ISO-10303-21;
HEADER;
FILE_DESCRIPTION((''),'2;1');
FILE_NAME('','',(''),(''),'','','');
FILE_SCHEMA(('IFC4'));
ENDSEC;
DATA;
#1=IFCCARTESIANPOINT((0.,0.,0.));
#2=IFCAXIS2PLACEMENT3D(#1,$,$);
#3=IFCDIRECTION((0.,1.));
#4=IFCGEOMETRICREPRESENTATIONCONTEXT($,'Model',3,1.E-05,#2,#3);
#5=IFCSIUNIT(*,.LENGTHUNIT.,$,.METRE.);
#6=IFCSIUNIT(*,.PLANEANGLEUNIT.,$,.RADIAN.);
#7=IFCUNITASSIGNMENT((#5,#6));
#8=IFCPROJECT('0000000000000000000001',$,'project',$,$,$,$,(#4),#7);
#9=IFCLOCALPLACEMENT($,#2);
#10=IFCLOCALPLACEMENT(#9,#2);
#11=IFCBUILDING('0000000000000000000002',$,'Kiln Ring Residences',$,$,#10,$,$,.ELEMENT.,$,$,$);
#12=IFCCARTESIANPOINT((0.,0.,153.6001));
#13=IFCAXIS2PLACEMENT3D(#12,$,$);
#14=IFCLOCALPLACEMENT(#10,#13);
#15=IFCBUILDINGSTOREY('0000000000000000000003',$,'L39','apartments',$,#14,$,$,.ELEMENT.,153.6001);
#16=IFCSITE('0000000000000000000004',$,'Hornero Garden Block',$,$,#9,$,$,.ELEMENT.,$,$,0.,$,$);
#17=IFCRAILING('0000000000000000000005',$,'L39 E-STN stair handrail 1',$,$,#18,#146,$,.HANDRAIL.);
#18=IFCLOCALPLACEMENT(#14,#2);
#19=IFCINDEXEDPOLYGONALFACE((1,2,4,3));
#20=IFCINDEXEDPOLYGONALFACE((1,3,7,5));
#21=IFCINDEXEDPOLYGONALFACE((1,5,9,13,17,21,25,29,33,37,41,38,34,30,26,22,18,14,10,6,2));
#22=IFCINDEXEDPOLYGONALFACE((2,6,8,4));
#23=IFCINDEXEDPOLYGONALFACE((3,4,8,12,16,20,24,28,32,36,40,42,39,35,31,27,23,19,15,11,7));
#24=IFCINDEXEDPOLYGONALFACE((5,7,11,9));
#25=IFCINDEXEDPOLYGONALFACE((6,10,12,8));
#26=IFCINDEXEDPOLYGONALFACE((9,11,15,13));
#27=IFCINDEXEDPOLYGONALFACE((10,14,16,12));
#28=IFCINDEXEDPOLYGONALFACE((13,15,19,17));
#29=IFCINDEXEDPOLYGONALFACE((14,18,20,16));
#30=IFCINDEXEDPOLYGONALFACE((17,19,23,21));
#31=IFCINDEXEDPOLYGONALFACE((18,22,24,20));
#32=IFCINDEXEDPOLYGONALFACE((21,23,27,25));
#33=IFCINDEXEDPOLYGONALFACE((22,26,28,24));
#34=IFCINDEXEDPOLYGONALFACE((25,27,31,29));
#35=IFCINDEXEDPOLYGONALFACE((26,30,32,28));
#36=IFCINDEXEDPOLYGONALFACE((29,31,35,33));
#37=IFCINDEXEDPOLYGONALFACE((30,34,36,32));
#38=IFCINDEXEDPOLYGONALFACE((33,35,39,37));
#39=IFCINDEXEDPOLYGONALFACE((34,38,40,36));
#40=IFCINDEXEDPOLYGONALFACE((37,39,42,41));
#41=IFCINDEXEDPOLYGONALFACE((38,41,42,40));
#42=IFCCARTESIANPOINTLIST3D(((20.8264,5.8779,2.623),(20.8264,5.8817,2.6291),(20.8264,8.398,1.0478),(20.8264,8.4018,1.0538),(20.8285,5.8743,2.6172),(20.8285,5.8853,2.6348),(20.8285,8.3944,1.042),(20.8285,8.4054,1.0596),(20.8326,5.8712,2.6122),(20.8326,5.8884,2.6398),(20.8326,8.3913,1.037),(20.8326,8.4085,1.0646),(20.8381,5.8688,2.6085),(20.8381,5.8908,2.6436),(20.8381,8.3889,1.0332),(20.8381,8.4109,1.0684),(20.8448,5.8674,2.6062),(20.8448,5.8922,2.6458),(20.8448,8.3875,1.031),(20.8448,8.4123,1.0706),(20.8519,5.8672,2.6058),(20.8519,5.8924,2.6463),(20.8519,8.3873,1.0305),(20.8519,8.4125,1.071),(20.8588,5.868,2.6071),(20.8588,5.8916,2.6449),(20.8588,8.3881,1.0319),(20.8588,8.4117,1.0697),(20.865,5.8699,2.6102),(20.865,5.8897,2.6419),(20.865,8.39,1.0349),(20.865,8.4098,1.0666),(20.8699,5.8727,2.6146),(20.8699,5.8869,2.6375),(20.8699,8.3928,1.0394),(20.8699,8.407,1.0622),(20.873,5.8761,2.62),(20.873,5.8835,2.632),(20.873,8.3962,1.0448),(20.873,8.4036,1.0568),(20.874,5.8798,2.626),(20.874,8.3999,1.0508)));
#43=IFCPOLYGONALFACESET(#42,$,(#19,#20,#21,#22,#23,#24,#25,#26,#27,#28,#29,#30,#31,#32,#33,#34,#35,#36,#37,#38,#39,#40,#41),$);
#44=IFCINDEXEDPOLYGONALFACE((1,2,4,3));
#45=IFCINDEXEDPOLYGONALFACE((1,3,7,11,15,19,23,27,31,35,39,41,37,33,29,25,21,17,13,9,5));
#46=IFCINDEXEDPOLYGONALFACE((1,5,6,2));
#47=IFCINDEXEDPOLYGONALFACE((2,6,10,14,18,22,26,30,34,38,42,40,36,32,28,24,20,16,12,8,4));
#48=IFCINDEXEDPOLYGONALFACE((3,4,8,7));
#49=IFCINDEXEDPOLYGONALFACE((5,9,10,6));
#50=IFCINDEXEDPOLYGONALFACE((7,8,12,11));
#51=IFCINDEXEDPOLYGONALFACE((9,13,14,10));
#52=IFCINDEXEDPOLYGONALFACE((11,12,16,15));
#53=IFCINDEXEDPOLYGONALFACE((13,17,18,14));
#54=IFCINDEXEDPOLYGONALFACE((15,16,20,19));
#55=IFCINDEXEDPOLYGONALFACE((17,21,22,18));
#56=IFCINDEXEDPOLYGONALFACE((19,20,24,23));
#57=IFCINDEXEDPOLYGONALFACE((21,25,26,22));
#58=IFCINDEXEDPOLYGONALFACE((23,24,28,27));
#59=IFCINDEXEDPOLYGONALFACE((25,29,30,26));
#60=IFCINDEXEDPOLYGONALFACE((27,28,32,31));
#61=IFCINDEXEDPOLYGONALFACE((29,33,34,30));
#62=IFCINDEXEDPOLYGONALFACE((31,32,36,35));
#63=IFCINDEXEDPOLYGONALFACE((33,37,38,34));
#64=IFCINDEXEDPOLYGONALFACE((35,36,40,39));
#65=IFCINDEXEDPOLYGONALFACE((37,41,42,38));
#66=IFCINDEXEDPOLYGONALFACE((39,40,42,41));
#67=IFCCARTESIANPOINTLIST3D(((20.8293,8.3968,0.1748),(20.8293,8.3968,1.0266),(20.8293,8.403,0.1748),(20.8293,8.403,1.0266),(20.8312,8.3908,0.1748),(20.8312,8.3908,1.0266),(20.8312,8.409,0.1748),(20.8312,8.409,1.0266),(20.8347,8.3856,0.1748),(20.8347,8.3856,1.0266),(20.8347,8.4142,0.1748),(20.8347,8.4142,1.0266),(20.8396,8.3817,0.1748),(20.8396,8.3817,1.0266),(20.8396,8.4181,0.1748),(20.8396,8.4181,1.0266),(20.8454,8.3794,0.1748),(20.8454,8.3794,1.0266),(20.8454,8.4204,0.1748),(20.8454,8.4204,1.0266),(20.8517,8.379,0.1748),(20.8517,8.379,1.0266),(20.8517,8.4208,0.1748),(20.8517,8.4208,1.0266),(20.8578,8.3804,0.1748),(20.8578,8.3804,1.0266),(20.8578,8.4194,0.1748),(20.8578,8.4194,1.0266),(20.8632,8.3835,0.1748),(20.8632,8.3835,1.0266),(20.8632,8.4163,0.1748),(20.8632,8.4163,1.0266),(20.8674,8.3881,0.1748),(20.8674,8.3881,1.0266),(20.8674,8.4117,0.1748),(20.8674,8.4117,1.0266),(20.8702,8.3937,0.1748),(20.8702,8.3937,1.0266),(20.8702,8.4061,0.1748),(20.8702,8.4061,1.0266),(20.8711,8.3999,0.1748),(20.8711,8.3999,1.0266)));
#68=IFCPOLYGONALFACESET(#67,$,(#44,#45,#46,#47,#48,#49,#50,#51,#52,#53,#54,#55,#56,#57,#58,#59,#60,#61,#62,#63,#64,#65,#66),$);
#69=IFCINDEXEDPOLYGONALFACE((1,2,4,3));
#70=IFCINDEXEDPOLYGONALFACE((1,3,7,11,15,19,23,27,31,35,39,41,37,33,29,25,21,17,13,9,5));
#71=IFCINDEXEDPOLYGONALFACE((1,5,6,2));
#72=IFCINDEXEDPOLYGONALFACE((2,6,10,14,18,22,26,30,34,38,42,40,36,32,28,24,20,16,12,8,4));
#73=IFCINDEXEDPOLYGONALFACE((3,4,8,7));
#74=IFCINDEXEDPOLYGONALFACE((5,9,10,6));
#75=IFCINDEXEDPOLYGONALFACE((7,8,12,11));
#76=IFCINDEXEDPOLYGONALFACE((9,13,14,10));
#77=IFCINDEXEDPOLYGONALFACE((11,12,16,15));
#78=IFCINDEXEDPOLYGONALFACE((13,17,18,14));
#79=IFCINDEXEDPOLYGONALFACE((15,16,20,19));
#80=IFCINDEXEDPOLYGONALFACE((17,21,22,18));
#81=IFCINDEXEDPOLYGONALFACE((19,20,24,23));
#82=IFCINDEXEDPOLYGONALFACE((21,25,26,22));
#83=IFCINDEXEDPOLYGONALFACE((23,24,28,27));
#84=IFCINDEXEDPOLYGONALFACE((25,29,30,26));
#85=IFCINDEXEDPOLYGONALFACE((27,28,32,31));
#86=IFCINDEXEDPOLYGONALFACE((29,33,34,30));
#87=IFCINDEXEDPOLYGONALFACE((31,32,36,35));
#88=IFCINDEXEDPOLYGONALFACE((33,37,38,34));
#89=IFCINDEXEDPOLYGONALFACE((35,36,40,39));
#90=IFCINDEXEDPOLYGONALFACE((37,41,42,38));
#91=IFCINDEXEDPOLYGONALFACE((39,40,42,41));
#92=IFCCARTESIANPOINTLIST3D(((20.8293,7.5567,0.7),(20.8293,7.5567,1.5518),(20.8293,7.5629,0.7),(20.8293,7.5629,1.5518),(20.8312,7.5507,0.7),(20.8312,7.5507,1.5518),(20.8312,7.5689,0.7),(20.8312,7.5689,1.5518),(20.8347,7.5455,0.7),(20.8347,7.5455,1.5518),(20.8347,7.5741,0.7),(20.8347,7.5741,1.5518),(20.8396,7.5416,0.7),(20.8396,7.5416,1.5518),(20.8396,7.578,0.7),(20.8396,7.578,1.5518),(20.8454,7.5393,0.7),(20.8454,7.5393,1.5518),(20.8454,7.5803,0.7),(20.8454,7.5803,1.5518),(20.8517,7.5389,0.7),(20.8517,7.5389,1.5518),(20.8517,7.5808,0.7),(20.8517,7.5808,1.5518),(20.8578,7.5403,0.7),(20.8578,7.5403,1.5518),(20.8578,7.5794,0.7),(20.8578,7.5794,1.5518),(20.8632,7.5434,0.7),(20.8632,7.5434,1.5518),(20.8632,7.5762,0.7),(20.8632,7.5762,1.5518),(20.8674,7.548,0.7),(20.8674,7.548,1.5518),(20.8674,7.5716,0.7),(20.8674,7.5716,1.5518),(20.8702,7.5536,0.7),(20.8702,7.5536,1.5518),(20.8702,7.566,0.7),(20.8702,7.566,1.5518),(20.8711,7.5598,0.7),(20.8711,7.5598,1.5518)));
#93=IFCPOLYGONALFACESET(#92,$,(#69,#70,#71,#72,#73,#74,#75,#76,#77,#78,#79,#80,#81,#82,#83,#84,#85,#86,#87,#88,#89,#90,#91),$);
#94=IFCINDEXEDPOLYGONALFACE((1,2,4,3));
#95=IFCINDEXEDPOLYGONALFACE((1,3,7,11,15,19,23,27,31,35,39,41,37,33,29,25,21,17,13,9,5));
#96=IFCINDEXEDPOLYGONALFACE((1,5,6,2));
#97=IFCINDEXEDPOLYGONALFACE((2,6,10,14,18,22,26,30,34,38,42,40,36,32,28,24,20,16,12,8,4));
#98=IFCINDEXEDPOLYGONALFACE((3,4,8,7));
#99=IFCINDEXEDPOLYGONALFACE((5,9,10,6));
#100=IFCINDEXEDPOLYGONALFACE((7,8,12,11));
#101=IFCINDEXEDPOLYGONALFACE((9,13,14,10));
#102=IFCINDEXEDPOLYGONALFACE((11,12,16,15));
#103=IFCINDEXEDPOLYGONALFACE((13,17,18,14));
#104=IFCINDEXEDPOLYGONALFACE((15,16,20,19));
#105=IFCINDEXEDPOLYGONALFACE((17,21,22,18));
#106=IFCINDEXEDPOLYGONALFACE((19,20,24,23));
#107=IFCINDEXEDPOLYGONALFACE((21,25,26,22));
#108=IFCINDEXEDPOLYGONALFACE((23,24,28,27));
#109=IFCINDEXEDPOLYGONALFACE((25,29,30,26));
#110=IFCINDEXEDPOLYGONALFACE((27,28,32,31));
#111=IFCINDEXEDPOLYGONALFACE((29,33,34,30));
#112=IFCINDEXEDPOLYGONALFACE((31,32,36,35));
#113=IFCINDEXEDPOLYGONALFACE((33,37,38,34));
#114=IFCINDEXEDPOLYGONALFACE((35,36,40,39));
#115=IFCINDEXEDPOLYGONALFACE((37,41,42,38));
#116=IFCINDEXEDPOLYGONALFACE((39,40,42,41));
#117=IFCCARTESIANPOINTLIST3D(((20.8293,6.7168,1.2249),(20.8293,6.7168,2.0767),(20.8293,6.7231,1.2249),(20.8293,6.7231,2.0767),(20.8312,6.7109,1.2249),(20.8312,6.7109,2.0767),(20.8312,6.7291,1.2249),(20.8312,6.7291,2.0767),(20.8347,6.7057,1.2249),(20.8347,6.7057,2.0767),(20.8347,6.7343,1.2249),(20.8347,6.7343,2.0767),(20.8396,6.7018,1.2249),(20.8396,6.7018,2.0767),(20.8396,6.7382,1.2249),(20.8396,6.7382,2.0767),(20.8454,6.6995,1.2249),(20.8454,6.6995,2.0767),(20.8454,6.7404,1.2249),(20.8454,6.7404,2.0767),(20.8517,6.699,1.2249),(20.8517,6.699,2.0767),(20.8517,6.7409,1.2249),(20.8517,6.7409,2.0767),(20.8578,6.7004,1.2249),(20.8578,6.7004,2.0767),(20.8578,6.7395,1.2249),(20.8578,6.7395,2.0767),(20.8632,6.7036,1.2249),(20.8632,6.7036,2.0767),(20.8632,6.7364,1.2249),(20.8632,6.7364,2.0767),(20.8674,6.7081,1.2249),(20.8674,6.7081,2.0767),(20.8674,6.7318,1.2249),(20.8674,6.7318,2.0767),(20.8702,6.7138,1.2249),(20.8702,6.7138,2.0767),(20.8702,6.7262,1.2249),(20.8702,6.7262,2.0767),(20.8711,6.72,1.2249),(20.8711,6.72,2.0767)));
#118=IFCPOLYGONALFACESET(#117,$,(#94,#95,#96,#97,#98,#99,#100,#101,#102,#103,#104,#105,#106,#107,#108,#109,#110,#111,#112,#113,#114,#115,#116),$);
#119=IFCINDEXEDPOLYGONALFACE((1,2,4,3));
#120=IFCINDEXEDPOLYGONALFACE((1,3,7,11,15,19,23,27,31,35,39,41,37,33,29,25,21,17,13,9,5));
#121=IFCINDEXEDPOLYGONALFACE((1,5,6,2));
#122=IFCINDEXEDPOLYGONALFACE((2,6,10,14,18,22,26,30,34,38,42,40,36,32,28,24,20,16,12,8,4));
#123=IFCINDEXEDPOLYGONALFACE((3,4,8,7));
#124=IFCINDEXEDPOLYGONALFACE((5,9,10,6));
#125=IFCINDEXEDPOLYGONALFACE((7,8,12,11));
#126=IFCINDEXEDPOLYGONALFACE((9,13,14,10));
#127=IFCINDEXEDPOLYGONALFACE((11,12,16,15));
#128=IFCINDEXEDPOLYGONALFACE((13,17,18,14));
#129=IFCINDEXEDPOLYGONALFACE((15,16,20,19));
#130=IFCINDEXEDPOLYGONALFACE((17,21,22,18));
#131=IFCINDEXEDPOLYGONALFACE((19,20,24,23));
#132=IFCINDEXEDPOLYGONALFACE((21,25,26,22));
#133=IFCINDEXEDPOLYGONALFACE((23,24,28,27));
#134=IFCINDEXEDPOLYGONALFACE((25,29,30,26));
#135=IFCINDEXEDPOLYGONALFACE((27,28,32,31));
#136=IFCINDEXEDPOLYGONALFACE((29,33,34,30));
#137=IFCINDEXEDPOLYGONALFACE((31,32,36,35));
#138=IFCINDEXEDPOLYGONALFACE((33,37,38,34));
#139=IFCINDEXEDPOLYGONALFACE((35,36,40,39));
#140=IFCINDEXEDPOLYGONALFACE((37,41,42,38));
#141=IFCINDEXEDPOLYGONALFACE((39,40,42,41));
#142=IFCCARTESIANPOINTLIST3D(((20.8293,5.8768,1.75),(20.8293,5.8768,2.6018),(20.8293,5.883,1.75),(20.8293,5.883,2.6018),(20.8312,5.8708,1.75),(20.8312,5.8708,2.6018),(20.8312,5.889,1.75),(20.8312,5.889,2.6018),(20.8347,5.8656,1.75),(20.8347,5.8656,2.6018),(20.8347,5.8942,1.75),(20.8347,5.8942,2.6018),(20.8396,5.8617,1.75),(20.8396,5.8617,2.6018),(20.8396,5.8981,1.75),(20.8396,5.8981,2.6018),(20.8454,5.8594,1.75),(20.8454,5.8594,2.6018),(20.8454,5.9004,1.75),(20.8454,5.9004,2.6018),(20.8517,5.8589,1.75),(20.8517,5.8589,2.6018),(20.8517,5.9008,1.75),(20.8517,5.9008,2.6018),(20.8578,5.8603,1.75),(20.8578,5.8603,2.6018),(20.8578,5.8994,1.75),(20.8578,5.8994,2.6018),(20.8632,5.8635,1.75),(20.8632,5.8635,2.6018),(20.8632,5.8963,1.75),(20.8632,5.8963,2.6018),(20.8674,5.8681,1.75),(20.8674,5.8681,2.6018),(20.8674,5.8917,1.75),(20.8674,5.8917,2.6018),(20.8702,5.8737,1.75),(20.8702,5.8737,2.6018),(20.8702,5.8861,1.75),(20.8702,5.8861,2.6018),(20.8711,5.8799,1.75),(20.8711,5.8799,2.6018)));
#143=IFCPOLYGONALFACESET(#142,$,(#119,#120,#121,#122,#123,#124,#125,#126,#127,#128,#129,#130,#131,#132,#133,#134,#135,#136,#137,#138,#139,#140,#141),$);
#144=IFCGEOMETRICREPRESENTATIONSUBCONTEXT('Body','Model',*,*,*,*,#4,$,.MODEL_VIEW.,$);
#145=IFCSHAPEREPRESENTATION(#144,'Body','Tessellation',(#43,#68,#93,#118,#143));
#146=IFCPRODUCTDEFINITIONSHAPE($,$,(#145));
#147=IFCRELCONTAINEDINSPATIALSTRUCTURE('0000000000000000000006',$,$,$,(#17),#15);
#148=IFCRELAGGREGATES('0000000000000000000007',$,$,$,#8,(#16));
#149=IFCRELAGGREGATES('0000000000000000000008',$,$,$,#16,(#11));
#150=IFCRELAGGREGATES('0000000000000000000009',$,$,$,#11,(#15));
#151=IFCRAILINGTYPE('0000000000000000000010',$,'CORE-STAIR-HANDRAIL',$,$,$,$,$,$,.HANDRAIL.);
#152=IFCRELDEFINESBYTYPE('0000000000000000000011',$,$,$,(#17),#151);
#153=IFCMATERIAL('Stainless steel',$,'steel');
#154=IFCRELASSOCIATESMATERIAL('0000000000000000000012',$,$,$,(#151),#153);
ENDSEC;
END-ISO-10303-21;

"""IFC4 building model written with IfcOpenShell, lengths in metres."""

from ifc_helpers import new_model, si_unit, direction, frame, origin, origin_2d, place, context, subcontext, project, spatial, circle, extrude, material, type_object, element, save


model = new_model("IFC4")

# Units and contexts
model_context = context("Model", 3, precision=1e-05, world=origin(), true_north=direction((0.0, 1.0)))
body_context = subcontext(model_context, "Body", "Model", "MODEL_VIEW")
ifc_project = project(units=[si_unit("LENGTHUNIT", "METRE"), si_unit("PLANEANGLEUNIT", "RADIAN")], contexts=[model_context])

# Site, building, storey
site_placement = place(None, origin())
site = spatial("IfcSite", under=ifc_project, at=site_placement, Name="Hornero Garden Block", CompositionType="ELEMENT", RefElevation=0.0)
building_placement = place(site_placement, origin())
building = spatial("IfcBuilding", under=site, at=building_placement, Name="Kiln Ring Residences", CompositionType="ELEMENT")
storey_placement = place(building_placement, frame((0.0, 0.0, 153.6001)))
storey = spatial("IfcBuildingStorey", under=building, at=storey_placement, Name="L39", Description="apartments", CompositionType="ELEMENT", Elevation=153.6001)

# Railing
ifc_material_1 = material(Name="Stainless steel", Category="steel")
railing_type_1 = type_object("IfcRailingType", Name="CORE-STAIR-HANDRAIL", PredefinedType="HANDRAIL", material=ifc_material_1)
railing_1_placement = place(storey_placement, frame((20.8501, 8.3999, 0.1748)))
element("IfcRailing", 1, at=railing_1_placement, inside=storey, type_object=railing_type_1, Name="L39 E-STN stair handrail 1", PredefinedType="HANDRAIL", context=body_context, shape_type="SweptSolid", body=[
    extrude(circle(Radius=0.0239, at=origin_2d()), frame((0.0, 0.0, 0.876), z_axis=(0.0, -0.847971, 0.530043), x_axis=(1.0, 0.0, 0.0)), (0.0, 0.0, 1.0), 2.9719),
    extrude(circle(Radius=0.021, at=origin_2d()), origin(), (0.0, 0.0, 1.0), 0.8518),
    extrude(circle(Radius=0.021, at=origin_2d()), frame((0.0, -0.8401, 0.5251)), (0.0, 0.0, 1.0), 0.8518),
    extrude(circle(Radius=0.021, at=origin_2d()), frame((0.0, -1.6799, 1.05)), (0.0, 0.0, 1.0), 0.8518),
    extrude(circle(Radius=0.021, at=origin_2d()), frame((0.0, -2.52, 1.5752)), (0.0, 0.0, 1.0), 0.8518),
])

save(model, "model.ifc")
